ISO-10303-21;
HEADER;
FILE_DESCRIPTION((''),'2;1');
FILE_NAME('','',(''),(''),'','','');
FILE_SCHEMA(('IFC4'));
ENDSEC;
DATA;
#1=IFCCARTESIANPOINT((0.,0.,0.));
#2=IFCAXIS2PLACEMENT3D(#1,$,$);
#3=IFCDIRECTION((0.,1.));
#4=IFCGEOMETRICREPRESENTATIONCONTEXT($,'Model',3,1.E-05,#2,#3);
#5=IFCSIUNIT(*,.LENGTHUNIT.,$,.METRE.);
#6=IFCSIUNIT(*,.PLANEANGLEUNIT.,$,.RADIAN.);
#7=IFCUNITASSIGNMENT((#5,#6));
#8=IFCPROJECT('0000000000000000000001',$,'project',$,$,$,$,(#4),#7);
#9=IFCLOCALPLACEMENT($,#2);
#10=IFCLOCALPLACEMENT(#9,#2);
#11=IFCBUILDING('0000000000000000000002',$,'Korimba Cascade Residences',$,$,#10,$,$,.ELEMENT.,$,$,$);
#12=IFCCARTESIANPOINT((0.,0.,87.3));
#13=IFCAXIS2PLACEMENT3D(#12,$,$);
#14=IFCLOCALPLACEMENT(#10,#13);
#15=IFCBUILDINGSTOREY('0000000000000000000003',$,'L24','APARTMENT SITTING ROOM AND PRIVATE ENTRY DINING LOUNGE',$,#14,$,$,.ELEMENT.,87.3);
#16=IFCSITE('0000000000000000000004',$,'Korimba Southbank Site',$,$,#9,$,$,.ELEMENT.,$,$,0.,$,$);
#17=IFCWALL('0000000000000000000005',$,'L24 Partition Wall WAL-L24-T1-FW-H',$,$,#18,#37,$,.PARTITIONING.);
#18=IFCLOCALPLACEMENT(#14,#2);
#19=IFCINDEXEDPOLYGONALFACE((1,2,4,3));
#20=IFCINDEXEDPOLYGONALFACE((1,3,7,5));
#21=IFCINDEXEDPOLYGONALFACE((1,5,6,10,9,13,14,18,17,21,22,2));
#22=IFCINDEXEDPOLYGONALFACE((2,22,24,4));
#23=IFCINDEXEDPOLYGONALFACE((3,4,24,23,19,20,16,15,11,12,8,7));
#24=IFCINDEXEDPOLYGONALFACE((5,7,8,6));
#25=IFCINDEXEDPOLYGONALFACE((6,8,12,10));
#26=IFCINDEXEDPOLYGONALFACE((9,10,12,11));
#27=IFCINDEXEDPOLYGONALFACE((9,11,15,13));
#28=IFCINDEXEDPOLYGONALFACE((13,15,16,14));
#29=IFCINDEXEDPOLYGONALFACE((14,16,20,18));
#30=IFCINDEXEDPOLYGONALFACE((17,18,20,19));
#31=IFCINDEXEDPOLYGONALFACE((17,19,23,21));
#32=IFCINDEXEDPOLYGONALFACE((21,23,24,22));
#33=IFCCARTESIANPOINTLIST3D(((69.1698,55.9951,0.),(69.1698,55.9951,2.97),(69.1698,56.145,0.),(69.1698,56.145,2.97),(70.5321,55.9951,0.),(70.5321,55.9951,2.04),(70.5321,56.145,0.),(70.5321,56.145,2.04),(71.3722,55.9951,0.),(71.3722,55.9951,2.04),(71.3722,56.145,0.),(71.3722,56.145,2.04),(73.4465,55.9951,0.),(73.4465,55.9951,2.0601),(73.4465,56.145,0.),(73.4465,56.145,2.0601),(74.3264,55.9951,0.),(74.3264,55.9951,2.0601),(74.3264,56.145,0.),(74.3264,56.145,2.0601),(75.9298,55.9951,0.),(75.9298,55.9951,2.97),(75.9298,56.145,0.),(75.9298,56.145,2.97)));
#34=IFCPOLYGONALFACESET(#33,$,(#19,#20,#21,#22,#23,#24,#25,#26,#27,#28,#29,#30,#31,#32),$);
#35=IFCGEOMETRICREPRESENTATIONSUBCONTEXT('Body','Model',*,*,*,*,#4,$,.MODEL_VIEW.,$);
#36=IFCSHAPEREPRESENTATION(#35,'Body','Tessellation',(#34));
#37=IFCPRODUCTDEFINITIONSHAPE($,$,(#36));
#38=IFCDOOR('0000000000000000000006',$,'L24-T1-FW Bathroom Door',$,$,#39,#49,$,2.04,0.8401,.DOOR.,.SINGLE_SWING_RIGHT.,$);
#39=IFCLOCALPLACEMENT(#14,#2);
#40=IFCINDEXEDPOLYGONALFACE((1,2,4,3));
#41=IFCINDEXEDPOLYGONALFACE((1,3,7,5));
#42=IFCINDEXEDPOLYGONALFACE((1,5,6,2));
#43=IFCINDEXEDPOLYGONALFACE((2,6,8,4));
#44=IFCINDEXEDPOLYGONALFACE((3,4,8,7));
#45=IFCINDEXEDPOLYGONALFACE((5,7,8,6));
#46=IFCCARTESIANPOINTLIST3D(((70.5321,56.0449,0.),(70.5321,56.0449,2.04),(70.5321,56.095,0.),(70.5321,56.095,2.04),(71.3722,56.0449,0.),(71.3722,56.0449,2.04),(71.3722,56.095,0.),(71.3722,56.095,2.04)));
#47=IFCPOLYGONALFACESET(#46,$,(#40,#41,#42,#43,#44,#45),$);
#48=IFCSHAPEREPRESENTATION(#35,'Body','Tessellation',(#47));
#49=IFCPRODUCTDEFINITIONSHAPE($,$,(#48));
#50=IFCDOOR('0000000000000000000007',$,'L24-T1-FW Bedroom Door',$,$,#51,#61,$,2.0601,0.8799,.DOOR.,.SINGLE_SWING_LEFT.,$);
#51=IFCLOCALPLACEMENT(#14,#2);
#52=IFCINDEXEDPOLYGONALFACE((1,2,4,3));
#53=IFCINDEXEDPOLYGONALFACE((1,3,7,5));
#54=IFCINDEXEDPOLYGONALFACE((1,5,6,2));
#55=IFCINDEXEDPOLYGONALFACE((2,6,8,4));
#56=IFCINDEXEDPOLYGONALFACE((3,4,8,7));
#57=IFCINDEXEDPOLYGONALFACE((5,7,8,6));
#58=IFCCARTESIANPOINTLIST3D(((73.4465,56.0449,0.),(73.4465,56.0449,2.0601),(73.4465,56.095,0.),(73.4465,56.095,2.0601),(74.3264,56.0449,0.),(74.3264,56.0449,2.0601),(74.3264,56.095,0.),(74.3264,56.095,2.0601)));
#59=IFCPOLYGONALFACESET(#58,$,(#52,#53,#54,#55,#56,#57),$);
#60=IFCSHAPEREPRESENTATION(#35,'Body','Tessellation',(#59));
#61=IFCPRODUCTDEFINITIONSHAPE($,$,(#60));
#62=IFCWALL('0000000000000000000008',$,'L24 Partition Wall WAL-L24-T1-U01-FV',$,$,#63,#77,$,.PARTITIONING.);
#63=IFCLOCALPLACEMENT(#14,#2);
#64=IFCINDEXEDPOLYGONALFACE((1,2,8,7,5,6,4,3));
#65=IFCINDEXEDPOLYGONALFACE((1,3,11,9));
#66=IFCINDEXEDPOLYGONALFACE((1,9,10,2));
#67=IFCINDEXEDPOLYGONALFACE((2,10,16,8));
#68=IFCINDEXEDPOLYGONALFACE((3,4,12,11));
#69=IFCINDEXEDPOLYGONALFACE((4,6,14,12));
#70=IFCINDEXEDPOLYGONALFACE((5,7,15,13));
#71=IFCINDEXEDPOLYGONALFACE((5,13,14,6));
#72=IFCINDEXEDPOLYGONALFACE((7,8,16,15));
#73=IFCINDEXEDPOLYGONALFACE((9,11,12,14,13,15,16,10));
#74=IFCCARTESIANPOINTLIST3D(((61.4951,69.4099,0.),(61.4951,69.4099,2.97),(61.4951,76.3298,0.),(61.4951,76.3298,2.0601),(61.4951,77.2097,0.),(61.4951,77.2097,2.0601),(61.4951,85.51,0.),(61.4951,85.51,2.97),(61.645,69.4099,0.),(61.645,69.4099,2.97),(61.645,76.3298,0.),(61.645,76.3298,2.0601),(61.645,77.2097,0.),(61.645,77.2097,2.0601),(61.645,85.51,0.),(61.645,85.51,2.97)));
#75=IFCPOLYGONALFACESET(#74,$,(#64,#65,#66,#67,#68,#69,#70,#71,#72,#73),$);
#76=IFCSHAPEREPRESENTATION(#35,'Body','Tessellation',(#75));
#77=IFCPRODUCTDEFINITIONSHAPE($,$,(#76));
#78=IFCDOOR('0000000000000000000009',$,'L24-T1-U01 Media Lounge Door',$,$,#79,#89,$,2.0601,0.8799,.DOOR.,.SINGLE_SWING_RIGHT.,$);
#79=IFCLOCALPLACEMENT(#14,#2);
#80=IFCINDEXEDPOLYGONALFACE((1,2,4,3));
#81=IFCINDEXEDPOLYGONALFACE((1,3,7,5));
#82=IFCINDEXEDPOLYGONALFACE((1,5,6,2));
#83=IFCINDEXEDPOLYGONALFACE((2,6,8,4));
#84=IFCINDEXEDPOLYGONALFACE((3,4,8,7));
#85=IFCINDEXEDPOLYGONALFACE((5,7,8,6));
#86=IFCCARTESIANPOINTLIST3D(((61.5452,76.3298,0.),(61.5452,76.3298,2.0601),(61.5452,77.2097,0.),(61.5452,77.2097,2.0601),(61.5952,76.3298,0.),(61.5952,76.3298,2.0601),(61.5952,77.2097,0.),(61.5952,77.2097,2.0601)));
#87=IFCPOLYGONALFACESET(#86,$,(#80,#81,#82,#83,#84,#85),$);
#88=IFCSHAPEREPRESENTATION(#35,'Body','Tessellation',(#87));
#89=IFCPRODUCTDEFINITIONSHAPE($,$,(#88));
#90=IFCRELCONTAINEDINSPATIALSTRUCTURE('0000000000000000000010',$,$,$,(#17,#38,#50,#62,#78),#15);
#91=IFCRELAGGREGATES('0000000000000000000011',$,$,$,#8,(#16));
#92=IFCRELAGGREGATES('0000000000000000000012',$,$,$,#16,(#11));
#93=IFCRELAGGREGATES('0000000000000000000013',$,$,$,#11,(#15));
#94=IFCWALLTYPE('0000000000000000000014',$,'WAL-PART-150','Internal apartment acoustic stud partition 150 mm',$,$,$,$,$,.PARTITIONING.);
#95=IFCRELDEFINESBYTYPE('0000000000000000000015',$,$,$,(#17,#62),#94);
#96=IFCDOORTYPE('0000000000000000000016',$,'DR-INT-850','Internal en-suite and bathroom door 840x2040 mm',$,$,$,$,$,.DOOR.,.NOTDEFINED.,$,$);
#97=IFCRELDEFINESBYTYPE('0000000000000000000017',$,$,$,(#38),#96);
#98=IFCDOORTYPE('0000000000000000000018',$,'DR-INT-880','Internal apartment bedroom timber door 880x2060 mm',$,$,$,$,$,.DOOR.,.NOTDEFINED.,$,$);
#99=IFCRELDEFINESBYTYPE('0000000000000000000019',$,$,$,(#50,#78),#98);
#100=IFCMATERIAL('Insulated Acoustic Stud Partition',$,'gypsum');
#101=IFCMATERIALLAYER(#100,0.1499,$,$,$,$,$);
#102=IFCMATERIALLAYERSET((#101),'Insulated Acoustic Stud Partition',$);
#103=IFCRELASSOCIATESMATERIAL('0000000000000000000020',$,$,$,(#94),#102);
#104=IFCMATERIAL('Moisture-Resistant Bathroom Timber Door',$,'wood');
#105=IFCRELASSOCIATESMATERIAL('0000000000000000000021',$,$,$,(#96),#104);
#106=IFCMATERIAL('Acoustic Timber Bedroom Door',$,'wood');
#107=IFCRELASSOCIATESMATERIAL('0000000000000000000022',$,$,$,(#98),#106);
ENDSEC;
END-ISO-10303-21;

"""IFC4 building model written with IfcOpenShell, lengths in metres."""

from ifc_helpers import new_model, si_unit, direction, frame, frame_2d, origin, place, context, subcontext, project, spatial, rectangle, extrude, material, layer, layer_set, type_object, element, fill, save


model = new_model("IFC4")

# Units and contexts
model_context = context("Model", 3, precision=1e-05, world=origin(), true_north=direction((0.0, 1.0)))
body_context = subcontext(model_context, "Body", "Model", "MODEL_VIEW")
ifc_project = project(units=[si_unit("LENGTHUNIT", "METRE"), si_unit("PLANEANGLEUNIT", "RADIAN")], contexts=[model_context])

# Site, building, storey
site_placement = place(None, origin())
site = spatial("IfcSite", under=ifc_project, at=site_placement, Name="Korimba Southbank Site", CompositionType="ELEMENT", RefElevation=0.0)
building_placement = place(site_placement, origin())
building = spatial("IfcBuilding", under=site, at=building_placement, Name="Korimba Cascade Residences", CompositionType="ELEMENT")
storey_placement = place(building_placement, frame((0.0, 0.0, 87.3)))
storey = spatial("IfcBuildingStorey", under=building, at=storey_placement, Name="L24", Description="APARTMENT SITTING ROOM AND PRIVATE ENTRY DINING LOUNGE", CompositionType="ELEMENT", Elevation=87.3)

# Shared definitions
ifc_material_1 = material(Name="Insulated Acoustic Stud Partition", Category="gypsum")
ifc_layer_1 = layer(ifc_material_1, 0.1499)
ifc_layer_set_1 = layer_set([ifc_layer_1], Name="Insulated Acoustic Stud Partition")
wall_type_1 = type_object("IfcWallType", Name="WAL-PART-150", Description="Internal apartment acoustic stud partition 150 mm", PredefinedType="PARTITIONING", material=ifc_layer_set_1)
ifc_material_2 = material(Name="Moisture-Resistant Bathroom Timber Door", Category="wood")
door_type_1 = type_object("IfcDoorType", Name="DR-INT-850", Description="Internal en-suite and bathroom door 840x2040 mm", OperationType="NOTDEFINED", PredefinedType="DOOR", material=ifc_material_2)

# Wall, openings, doors
wall_1_placement = place(storey_placement, frame((69.1699, 56.0701, 0.0), z_axis=(0.0, 0.0, 1.0), x_axis=(1.0, 0.0, 0.0)))
wall_1 = element("IfcWall", 1, at=wall_1_placement, inside=storey, type_object=wall_type_1, Name="L24 Partition Wall WAL-L24-T1-FW-H", PredefinedType="PARTITIONING", context=body_context, shape_type="SweptSolid", body=[
    extrude(rectangle(XDim=6.76, YDim=0.1499, at=frame_2d((3.3799, 0.0))), origin(), (0.0, 0.0, 1.0), 2.97),
])
opening_1_placement = place(wall_1_placement, frame((1.3623, 0.0, 0.0)))
opening_1 = element("IfcOpeningElement", 2, at=opening_1_placement, cuts=wall_1, PredefinedType="OPENING", context=body_context, shape_type="SweptSolid", body=[
    extrude(rectangle(XDim=0.8401, YDim=2.04, at=frame_2d((0.4199, 1.02))), frame((0.0, 0.085, 0.0), z_axis=(0.0, -1.0, 0.0), x_axis=(1.0, 0.0, 0.0)), (0.0, 0.0, 1.0), 0.1699),
])
opening_2_placement = place(wall_1_placement, frame((4.2766, 0.0, 0.0)))
opening_2 = element("IfcOpeningElement", 3, at=opening_2_placement, cuts=wall_1, PredefinedType="OPENING", context=body_context, shape_type="SweptSolid", body=[
    extrude(rectangle(XDim=0.8799, YDim=2.0601, at=frame_2d((0.4399, 1.03))), frame((0.0, 0.085, 0.0), z_axis=(0.0, -1.0, 0.0), x_axis=(1.0, 0.0, 0.0)), (0.0, 0.0, 1.0), 0.1699),
])
door_1_placement = place(opening_1_placement, origin())
door_1 = element("IfcDoor", 4, at=door_1_placement, inside=storey, type_object=door_type_1, Name="L24-T1-FW Bathroom Door", OperationType="SINGLE_SWING_RIGHT", OverallHeight=2.04, OverallWidth=0.8401, PredefinedType="DOOR", context=body_context, shape_type="SweptSolid", body=[
    extrude(rectangle(XDim=0.8401, YDim=2.04, at=frame_2d((0.4199, 1.02))), frame((0.0, 0.0249, 0.0), z_axis=(0.0, -1.0, 0.0), x_axis=(1.0, 0.0, 0.0)), (0.0, 0.0, 1.0), 0.05),
])
fill(opening_1, door_1)
ifc_material_3 = material(Name="Acoustic Timber Bedroom Door", Category="wood")
door_type_2 = type_object("IfcDoorType", Name="DR-INT-880", Description="Internal apartment bedroom timber door 880x2060 mm", OperationType="NOTDEFINED", PredefinedType="DOOR", material=ifc_material_3)
door_2_placement = place(opening_2_placement, origin())
door_2 = element("IfcDoor", 5, at=door_2_placement, inside=storey, type_object=door_type_2, Name="L24-T1-FW Bedroom Door", OperationType="SINGLE_SWING_LEFT", OverallHeight=2.0601, OverallWidth=0.8799, PredefinedType="DOOR", context=body_context, shape_type="SweptSolid", body=[
    extrude(rectangle(XDim=0.8799, YDim=2.0601, at=frame_2d((0.4399, 1.03))), frame((0.0, 0.0249, 0.0), z_axis=(0.0, -1.0, 0.0), x_axis=(1.0, 0.0, 0.0)), (0.0, 0.0, 1.0), 0.05),
])
fill(opening_2, door_2)

# Wall, opening, door
wall_2_placement = place(storey_placement, frame((61.5701, 69.4099, 0.0), z_axis=(0.0, 0.0, 1.0), x_axis=(0.0, 1.0, 0.0)))
wall_2 = element("IfcWall", 6, at=wall_2_placement, inside=storey, type_object=wall_type_1, Name="L24 Partition Wall WAL-L24-T1-U01-FV", PredefinedType="PARTITIONING", context=body_context, shape_type="SweptSolid", body=[
    extrude(rectangle(XDim=16.1001, YDim=0.1499, at=frame_2d((8.05, 0.0))), origin(), (0.0, 0.0, 1.0), 2.97),
])
opening_3_placement = place(wall_2_placement, frame((6.9199, 0.0, 0.0)))
opening_3 = element("IfcOpeningElement", 7, at=opening_3_placement, cuts=wall_2, PredefinedType="OPENING", context=body_context, shape_type="SweptSolid", body=[
    extrude(rectangle(XDim=0.8799, YDim=2.0601, at=frame_2d((0.4399, 1.03))), frame((0.0, 0.085, 0.0), z_axis=(0.0, -1.0, 0.0), x_axis=(1.0, 0.0, 0.0)), (0.0, 0.0, 1.0), 0.1699),
])
door_3_placement = place(opening_3_placement, origin())
door_3 = element("IfcDoor", 8, at=door_3_placement, inside=storey, type_object=door_type_2, Name="L24-T1-U01 Media Lounge Door", OperationType="SINGLE_SWING_RIGHT", OverallHeight=2.0601, OverallWidth=0.8799, PredefinedType="DOOR", context=body_context, shape_type="SweptSolid", body=[
    extrude(rectangle(XDim=0.8799, YDim=2.0601, at=frame_2d((0.4399, 1.03))), frame((0.0, 0.0249, 0.0), z_axis=(0.0, -1.0, 0.0), x_axis=(1.0, 0.0, 0.0)), (0.0, 0.0, 1.0), 0.05),
])
fill(opening_3, door_3)

save(model, "model.ifc")
